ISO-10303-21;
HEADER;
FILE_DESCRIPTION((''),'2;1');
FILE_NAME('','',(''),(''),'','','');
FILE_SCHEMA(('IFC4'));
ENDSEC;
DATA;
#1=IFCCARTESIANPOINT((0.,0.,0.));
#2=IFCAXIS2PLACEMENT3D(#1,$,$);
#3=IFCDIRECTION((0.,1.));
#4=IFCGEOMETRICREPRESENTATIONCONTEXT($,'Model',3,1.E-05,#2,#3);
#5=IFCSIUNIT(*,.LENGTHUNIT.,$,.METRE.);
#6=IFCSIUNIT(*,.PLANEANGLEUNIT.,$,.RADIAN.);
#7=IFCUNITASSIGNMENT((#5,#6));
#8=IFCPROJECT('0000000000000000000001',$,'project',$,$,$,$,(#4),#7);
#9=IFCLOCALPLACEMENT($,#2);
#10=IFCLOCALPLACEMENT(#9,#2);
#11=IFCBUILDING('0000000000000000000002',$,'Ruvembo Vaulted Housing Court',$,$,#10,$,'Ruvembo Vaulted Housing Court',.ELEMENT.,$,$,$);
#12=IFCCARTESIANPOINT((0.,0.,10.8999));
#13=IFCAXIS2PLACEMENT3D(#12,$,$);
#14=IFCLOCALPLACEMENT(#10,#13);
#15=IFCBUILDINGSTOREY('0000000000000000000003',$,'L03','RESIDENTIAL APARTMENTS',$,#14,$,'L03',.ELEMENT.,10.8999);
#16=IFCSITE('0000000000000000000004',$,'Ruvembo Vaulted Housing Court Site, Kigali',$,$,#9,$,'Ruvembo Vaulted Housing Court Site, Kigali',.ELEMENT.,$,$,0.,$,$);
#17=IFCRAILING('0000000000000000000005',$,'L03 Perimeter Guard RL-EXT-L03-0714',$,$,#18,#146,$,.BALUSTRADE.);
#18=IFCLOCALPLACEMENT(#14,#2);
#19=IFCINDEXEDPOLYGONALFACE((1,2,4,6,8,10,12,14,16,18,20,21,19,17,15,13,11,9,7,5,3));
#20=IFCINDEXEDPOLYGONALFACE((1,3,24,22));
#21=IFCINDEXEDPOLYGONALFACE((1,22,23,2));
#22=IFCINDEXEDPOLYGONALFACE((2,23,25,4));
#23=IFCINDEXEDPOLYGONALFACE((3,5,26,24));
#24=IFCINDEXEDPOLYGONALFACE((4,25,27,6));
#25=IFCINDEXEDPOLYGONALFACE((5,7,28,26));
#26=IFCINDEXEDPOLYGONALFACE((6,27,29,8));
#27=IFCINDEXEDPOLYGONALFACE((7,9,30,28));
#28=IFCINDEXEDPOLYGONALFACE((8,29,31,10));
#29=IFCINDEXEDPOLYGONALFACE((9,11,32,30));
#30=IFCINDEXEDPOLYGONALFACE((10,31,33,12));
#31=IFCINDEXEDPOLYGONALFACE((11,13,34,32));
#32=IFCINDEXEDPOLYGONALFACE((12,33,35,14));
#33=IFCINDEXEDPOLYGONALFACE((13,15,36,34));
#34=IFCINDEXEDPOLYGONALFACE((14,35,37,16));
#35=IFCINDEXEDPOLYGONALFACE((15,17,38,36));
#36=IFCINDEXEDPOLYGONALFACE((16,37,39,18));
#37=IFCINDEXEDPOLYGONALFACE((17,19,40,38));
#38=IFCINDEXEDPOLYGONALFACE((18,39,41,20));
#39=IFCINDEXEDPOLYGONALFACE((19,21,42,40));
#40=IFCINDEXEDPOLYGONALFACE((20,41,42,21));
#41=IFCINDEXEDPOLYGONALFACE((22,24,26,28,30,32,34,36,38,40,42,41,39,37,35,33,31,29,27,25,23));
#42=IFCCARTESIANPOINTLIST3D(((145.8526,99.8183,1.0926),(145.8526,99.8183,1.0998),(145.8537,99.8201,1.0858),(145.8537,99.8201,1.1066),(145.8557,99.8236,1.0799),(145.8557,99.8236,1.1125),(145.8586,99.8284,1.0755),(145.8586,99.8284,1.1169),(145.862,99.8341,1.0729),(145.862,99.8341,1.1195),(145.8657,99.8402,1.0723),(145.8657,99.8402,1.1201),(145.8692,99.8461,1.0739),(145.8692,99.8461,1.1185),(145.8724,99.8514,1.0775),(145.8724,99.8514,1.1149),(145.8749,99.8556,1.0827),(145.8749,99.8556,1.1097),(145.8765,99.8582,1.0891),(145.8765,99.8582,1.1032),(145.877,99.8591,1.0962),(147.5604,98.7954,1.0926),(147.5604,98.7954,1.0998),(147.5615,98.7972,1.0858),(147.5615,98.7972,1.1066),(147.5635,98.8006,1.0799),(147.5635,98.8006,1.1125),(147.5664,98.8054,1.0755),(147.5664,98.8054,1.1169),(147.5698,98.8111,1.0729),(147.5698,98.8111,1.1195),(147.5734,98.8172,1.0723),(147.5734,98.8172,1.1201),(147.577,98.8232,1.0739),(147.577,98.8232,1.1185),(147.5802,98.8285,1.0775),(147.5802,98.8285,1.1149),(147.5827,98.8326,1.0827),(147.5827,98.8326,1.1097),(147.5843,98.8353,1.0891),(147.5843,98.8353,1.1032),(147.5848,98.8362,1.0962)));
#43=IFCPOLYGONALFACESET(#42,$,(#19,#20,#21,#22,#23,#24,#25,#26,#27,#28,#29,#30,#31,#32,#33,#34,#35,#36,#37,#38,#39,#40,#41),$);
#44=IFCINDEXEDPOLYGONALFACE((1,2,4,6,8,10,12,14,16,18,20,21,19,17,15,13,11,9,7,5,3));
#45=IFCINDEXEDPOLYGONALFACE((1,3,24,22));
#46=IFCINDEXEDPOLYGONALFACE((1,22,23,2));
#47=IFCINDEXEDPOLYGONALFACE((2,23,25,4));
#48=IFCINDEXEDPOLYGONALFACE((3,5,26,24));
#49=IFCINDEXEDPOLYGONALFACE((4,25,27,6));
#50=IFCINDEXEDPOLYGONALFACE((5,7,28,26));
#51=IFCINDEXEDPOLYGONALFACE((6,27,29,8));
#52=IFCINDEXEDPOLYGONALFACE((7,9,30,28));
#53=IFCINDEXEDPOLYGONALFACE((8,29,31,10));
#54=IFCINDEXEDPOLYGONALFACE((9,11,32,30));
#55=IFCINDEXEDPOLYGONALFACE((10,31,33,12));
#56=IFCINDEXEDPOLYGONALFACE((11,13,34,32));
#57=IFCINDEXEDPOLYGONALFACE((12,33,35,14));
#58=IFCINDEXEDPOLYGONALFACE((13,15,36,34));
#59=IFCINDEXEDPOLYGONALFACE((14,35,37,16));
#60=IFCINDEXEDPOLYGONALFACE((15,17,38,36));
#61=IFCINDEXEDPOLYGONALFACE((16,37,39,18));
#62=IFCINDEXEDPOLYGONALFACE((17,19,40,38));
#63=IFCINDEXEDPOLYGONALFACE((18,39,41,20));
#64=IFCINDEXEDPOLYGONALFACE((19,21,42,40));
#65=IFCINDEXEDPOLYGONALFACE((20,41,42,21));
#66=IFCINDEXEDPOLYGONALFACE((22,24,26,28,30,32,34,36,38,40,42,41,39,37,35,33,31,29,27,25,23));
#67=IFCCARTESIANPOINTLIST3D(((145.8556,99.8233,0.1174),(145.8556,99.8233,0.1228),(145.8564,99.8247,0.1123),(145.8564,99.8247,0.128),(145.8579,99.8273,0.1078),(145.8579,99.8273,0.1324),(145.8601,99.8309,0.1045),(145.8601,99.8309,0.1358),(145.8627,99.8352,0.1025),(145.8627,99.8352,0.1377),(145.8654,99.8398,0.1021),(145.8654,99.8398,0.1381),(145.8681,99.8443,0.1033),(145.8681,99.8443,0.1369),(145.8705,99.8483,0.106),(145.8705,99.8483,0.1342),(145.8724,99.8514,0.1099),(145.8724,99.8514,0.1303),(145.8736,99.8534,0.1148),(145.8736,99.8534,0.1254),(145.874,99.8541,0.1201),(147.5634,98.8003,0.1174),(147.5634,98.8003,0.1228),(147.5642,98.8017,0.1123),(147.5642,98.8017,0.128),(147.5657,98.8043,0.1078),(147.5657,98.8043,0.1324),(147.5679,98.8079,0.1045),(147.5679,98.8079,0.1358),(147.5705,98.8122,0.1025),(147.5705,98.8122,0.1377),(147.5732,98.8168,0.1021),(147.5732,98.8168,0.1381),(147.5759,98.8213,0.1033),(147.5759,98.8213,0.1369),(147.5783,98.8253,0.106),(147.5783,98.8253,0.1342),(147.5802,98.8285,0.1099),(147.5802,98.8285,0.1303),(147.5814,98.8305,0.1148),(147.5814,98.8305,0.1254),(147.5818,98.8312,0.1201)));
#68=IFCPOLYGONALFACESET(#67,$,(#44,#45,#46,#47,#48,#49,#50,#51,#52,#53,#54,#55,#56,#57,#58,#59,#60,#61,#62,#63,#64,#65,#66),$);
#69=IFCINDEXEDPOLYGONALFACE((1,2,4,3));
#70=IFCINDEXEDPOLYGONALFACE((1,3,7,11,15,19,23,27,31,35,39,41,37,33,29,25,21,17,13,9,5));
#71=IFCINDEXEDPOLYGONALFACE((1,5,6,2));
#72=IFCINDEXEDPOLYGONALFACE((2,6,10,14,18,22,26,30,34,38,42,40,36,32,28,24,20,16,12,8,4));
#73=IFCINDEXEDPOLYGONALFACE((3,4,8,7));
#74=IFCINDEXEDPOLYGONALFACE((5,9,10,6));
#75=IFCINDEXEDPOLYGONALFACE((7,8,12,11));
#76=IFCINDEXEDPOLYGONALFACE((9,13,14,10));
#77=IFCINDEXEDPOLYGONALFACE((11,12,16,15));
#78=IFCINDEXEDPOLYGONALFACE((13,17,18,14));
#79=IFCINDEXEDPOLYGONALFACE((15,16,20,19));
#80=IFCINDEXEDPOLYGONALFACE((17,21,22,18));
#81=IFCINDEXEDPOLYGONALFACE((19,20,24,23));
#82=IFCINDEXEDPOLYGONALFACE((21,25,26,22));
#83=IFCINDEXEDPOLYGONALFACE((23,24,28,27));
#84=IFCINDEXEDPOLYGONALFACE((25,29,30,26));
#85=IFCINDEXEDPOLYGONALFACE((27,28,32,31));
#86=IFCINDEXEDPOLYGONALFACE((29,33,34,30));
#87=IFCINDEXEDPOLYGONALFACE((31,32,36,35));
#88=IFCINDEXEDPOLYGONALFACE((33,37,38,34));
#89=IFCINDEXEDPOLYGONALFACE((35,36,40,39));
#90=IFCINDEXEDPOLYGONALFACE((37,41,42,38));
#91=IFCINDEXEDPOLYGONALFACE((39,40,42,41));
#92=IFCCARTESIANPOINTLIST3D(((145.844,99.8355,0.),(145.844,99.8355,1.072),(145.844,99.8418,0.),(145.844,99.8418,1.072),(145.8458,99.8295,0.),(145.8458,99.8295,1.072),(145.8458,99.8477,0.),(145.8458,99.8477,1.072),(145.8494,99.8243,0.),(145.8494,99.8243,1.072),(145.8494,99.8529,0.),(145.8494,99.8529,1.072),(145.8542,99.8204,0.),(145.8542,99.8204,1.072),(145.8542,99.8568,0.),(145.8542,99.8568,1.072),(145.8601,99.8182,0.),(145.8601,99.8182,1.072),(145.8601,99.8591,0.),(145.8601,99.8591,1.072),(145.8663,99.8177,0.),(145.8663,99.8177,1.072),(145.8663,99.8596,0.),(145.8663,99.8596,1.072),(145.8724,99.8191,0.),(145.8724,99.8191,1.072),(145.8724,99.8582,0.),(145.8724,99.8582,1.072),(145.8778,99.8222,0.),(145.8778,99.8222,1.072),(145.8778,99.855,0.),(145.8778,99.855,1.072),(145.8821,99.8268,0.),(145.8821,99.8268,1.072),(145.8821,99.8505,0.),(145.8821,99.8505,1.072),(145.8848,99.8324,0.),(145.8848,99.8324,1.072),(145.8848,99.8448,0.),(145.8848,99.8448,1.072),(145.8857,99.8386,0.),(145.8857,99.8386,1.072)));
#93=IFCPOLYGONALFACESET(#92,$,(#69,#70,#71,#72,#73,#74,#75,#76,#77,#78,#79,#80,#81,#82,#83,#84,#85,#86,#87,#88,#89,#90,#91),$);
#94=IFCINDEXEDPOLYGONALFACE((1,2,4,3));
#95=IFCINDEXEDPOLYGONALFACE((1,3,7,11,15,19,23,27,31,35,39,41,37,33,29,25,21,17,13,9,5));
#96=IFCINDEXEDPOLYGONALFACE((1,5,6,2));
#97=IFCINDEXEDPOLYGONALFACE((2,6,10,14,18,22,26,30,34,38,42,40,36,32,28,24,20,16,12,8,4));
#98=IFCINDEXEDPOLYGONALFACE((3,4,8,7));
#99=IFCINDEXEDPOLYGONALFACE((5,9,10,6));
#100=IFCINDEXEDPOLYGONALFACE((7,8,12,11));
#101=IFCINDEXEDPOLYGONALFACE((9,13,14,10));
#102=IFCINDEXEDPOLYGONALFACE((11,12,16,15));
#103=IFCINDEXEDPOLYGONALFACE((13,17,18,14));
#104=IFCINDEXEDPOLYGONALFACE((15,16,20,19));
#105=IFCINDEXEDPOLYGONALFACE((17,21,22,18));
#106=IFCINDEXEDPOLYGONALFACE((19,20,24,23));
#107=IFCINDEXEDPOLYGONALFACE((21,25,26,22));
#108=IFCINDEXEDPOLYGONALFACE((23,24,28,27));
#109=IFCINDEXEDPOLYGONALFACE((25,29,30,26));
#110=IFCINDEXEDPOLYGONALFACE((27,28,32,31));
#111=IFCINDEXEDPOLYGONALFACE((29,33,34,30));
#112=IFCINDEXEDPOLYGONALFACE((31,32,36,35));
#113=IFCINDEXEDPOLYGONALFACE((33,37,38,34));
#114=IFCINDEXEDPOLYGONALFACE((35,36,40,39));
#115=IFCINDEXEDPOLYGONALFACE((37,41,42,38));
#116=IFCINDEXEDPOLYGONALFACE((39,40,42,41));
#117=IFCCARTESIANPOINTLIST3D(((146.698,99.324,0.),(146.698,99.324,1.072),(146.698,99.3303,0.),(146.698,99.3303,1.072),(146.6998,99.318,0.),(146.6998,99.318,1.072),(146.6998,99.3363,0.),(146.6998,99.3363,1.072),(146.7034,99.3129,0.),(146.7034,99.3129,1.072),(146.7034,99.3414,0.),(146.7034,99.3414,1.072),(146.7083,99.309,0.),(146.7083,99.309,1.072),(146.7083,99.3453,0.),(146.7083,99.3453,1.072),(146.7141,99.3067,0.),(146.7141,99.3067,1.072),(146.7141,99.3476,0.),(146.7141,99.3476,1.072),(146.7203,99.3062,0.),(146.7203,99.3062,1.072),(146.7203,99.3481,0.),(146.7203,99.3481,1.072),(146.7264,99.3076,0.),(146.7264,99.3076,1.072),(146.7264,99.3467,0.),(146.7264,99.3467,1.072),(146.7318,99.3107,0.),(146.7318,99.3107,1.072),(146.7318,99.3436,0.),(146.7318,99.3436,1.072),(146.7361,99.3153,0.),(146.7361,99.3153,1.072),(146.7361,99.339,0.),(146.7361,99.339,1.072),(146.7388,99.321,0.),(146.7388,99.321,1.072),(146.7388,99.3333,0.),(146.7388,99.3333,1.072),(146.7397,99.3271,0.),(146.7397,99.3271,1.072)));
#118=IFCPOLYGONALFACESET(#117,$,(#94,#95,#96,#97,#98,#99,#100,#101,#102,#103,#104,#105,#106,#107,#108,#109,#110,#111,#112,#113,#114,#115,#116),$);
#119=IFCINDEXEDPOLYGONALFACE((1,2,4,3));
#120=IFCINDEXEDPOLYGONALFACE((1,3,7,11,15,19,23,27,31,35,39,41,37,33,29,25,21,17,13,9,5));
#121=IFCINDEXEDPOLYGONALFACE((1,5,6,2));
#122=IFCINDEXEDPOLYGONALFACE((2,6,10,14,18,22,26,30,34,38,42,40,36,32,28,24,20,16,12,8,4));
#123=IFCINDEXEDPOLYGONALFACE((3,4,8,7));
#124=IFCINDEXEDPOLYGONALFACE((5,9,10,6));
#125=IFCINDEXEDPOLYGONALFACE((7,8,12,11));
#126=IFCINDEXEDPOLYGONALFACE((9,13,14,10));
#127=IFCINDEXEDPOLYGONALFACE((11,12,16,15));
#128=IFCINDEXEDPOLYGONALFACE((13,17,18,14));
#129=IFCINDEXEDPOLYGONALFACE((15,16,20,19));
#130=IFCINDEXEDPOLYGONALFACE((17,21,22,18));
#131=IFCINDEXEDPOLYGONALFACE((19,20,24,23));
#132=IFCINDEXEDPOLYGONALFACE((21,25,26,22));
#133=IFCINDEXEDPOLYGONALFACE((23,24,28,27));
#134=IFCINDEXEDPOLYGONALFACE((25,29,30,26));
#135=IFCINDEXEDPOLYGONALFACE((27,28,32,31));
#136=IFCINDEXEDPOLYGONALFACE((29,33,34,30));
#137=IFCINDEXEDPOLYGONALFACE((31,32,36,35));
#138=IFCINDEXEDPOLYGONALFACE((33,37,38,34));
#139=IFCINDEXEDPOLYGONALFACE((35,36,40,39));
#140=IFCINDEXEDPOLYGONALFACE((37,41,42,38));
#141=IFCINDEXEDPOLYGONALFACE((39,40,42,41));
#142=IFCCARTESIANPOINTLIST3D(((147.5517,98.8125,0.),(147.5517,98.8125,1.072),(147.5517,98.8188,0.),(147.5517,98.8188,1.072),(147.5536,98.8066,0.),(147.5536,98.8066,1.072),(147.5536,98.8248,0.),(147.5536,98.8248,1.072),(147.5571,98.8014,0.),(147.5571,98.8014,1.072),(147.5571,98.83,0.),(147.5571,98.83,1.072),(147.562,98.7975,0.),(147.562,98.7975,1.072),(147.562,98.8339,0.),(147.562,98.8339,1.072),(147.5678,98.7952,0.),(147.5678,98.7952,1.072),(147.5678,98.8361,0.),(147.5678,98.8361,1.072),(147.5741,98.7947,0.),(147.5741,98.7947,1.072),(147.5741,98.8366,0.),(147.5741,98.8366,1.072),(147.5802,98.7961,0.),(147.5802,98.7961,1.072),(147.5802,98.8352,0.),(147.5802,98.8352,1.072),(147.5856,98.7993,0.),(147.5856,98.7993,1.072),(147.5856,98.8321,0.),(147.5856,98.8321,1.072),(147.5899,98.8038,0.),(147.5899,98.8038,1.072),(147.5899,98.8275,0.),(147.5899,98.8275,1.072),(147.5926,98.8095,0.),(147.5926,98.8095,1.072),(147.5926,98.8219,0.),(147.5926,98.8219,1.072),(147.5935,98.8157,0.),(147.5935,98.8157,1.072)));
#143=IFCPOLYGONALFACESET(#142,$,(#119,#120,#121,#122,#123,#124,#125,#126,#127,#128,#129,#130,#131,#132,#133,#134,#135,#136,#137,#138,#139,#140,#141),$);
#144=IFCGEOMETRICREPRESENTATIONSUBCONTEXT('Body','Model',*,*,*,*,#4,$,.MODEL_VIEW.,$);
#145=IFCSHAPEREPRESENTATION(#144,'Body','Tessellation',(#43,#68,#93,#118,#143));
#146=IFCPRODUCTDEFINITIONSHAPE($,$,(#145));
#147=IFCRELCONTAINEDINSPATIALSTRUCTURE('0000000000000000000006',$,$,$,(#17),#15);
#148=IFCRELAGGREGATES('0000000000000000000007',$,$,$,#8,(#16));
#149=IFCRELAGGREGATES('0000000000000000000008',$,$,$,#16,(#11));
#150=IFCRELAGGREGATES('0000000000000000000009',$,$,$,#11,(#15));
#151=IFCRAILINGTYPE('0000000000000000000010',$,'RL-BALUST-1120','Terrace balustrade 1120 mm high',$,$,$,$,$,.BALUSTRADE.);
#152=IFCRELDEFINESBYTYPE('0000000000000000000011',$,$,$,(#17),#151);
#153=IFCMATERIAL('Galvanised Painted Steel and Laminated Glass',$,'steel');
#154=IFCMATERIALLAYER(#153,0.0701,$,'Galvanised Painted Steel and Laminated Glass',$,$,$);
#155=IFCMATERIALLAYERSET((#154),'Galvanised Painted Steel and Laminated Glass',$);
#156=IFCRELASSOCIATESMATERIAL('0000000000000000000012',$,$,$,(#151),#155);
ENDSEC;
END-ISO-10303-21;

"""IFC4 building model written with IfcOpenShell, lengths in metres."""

from ifc_helpers import new_model, si_unit, direction, frame, origin, origin_2d, place, context, subcontext, project, spatial, circle, extrude, material, layer, layer_set, type_object, element, save


model = new_model("IFC4")

# Units and contexts
model_context = context("Model", 3, precision=1e-05, world=origin(), true_north=direction((0.0, 1.0)))
body_context = subcontext(model_context, "Body", "Model", "MODEL_VIEW")
ifc_project = project(units=[si_unit("LENGTHUNIT", "METRE"), si_unit("PLANEANGLEUNIT", "RADIAN")], contexts=[model_context])

# Site, building, storey
site_placement = place(None, origin())
site = spatial("IfcSite", under=ifc_project, at=site_placement, Name="Ruvembo Vaulted Housing Court Site, Kigali", LongName="Ruvembo Vaulted Housing Court Site, Kigali", CompositionType="ELEMENT", RefElevation=0.0)
building_placement = place(site_placement, origin())
building = spatial("IfcBuilding", under=site, at=building_placement, Name="Ruvembo Vaulted Housing Court", LongName="Ruvembo Vaulted Housing Court", CompositionType="ELEMENT")
storey_placement = place(building_placement, frame((0.0, 0.0, 10.8999)))
storey = spatial("IfcBuildingStorey", under=building, at=storey_placement, Name="L03", Description="RESIDENTIAL APARTMENTS", LongName="L03", CompositionType="ELEMENT", Elevation=10.8999)

# Railing
ifc_material_1 = material(Name="Galvanised Painted Steel and Laminated Glass", Category="steel")
ifc_layer_1 = layer(ifc_material_1, 0.0701, Name="Galvanised Painted Steel and Laminated Glass")
ifc_layer_set_1 = layer_set([ifc_layer_1], Name="Galvanised Painted Steel and Laminated Glass")
railing_type = type_object("IfcRailingType", Name="RL-BALUST-1120", Description="Terrace balustrade 1120 mm high", PredefinedType="BALUSTRADE", material=ifc_layer_set_1)
railing_1_placement = place(storey_placement, frame((145.8647, 99.8386, 0.0)))
element("IfcRailing", 1, at=railing_1_placement, inside=storey, type_object=railing_type, Name="L03 Perimeter Guard RL-EXT-L03-0714", PredefinedType="BALUSTRADE", context=body_context, shape_type="SweptSolid", body=[
    extrude(circle(Radius=0.0239, at=origin_2d()), frame((0.0, 0.0, 1.0962), z_axis=(0.857871, -0.513864, 0.0), x_axis=(0.513864, 0.857871, 0.0)), (0.0, 0.0, 1.0), 1.9907),
    extrude(circle(Radius=0.0181, at=origin_2d()), frame((0.0, 0.0, 0.1201), z_axis=(0.857871, -0.513864, 0.0), x_axis=(0.513864, 0.857871, 0.0)), (0.0, 0.0, 1.0), 1.9907),
    extrude(circle(Radius=0.021, at=origin_2d()), origin(), (0.0, 0.0, 1.0), 1.072),
    extrude(circle(Radius=0.021, at=origin_2d()), frame((0.854, -0.5115, 0.0)), (0.0, 0.0, 1.0), 1.072),
    extrude(circle(Radius=0.021, at=origin_2d()), frame((1.7078, -1.0229, 0.0)), (0.0, 0.0, 1.0), 1.072),
])

save(model, "model.ifc")
